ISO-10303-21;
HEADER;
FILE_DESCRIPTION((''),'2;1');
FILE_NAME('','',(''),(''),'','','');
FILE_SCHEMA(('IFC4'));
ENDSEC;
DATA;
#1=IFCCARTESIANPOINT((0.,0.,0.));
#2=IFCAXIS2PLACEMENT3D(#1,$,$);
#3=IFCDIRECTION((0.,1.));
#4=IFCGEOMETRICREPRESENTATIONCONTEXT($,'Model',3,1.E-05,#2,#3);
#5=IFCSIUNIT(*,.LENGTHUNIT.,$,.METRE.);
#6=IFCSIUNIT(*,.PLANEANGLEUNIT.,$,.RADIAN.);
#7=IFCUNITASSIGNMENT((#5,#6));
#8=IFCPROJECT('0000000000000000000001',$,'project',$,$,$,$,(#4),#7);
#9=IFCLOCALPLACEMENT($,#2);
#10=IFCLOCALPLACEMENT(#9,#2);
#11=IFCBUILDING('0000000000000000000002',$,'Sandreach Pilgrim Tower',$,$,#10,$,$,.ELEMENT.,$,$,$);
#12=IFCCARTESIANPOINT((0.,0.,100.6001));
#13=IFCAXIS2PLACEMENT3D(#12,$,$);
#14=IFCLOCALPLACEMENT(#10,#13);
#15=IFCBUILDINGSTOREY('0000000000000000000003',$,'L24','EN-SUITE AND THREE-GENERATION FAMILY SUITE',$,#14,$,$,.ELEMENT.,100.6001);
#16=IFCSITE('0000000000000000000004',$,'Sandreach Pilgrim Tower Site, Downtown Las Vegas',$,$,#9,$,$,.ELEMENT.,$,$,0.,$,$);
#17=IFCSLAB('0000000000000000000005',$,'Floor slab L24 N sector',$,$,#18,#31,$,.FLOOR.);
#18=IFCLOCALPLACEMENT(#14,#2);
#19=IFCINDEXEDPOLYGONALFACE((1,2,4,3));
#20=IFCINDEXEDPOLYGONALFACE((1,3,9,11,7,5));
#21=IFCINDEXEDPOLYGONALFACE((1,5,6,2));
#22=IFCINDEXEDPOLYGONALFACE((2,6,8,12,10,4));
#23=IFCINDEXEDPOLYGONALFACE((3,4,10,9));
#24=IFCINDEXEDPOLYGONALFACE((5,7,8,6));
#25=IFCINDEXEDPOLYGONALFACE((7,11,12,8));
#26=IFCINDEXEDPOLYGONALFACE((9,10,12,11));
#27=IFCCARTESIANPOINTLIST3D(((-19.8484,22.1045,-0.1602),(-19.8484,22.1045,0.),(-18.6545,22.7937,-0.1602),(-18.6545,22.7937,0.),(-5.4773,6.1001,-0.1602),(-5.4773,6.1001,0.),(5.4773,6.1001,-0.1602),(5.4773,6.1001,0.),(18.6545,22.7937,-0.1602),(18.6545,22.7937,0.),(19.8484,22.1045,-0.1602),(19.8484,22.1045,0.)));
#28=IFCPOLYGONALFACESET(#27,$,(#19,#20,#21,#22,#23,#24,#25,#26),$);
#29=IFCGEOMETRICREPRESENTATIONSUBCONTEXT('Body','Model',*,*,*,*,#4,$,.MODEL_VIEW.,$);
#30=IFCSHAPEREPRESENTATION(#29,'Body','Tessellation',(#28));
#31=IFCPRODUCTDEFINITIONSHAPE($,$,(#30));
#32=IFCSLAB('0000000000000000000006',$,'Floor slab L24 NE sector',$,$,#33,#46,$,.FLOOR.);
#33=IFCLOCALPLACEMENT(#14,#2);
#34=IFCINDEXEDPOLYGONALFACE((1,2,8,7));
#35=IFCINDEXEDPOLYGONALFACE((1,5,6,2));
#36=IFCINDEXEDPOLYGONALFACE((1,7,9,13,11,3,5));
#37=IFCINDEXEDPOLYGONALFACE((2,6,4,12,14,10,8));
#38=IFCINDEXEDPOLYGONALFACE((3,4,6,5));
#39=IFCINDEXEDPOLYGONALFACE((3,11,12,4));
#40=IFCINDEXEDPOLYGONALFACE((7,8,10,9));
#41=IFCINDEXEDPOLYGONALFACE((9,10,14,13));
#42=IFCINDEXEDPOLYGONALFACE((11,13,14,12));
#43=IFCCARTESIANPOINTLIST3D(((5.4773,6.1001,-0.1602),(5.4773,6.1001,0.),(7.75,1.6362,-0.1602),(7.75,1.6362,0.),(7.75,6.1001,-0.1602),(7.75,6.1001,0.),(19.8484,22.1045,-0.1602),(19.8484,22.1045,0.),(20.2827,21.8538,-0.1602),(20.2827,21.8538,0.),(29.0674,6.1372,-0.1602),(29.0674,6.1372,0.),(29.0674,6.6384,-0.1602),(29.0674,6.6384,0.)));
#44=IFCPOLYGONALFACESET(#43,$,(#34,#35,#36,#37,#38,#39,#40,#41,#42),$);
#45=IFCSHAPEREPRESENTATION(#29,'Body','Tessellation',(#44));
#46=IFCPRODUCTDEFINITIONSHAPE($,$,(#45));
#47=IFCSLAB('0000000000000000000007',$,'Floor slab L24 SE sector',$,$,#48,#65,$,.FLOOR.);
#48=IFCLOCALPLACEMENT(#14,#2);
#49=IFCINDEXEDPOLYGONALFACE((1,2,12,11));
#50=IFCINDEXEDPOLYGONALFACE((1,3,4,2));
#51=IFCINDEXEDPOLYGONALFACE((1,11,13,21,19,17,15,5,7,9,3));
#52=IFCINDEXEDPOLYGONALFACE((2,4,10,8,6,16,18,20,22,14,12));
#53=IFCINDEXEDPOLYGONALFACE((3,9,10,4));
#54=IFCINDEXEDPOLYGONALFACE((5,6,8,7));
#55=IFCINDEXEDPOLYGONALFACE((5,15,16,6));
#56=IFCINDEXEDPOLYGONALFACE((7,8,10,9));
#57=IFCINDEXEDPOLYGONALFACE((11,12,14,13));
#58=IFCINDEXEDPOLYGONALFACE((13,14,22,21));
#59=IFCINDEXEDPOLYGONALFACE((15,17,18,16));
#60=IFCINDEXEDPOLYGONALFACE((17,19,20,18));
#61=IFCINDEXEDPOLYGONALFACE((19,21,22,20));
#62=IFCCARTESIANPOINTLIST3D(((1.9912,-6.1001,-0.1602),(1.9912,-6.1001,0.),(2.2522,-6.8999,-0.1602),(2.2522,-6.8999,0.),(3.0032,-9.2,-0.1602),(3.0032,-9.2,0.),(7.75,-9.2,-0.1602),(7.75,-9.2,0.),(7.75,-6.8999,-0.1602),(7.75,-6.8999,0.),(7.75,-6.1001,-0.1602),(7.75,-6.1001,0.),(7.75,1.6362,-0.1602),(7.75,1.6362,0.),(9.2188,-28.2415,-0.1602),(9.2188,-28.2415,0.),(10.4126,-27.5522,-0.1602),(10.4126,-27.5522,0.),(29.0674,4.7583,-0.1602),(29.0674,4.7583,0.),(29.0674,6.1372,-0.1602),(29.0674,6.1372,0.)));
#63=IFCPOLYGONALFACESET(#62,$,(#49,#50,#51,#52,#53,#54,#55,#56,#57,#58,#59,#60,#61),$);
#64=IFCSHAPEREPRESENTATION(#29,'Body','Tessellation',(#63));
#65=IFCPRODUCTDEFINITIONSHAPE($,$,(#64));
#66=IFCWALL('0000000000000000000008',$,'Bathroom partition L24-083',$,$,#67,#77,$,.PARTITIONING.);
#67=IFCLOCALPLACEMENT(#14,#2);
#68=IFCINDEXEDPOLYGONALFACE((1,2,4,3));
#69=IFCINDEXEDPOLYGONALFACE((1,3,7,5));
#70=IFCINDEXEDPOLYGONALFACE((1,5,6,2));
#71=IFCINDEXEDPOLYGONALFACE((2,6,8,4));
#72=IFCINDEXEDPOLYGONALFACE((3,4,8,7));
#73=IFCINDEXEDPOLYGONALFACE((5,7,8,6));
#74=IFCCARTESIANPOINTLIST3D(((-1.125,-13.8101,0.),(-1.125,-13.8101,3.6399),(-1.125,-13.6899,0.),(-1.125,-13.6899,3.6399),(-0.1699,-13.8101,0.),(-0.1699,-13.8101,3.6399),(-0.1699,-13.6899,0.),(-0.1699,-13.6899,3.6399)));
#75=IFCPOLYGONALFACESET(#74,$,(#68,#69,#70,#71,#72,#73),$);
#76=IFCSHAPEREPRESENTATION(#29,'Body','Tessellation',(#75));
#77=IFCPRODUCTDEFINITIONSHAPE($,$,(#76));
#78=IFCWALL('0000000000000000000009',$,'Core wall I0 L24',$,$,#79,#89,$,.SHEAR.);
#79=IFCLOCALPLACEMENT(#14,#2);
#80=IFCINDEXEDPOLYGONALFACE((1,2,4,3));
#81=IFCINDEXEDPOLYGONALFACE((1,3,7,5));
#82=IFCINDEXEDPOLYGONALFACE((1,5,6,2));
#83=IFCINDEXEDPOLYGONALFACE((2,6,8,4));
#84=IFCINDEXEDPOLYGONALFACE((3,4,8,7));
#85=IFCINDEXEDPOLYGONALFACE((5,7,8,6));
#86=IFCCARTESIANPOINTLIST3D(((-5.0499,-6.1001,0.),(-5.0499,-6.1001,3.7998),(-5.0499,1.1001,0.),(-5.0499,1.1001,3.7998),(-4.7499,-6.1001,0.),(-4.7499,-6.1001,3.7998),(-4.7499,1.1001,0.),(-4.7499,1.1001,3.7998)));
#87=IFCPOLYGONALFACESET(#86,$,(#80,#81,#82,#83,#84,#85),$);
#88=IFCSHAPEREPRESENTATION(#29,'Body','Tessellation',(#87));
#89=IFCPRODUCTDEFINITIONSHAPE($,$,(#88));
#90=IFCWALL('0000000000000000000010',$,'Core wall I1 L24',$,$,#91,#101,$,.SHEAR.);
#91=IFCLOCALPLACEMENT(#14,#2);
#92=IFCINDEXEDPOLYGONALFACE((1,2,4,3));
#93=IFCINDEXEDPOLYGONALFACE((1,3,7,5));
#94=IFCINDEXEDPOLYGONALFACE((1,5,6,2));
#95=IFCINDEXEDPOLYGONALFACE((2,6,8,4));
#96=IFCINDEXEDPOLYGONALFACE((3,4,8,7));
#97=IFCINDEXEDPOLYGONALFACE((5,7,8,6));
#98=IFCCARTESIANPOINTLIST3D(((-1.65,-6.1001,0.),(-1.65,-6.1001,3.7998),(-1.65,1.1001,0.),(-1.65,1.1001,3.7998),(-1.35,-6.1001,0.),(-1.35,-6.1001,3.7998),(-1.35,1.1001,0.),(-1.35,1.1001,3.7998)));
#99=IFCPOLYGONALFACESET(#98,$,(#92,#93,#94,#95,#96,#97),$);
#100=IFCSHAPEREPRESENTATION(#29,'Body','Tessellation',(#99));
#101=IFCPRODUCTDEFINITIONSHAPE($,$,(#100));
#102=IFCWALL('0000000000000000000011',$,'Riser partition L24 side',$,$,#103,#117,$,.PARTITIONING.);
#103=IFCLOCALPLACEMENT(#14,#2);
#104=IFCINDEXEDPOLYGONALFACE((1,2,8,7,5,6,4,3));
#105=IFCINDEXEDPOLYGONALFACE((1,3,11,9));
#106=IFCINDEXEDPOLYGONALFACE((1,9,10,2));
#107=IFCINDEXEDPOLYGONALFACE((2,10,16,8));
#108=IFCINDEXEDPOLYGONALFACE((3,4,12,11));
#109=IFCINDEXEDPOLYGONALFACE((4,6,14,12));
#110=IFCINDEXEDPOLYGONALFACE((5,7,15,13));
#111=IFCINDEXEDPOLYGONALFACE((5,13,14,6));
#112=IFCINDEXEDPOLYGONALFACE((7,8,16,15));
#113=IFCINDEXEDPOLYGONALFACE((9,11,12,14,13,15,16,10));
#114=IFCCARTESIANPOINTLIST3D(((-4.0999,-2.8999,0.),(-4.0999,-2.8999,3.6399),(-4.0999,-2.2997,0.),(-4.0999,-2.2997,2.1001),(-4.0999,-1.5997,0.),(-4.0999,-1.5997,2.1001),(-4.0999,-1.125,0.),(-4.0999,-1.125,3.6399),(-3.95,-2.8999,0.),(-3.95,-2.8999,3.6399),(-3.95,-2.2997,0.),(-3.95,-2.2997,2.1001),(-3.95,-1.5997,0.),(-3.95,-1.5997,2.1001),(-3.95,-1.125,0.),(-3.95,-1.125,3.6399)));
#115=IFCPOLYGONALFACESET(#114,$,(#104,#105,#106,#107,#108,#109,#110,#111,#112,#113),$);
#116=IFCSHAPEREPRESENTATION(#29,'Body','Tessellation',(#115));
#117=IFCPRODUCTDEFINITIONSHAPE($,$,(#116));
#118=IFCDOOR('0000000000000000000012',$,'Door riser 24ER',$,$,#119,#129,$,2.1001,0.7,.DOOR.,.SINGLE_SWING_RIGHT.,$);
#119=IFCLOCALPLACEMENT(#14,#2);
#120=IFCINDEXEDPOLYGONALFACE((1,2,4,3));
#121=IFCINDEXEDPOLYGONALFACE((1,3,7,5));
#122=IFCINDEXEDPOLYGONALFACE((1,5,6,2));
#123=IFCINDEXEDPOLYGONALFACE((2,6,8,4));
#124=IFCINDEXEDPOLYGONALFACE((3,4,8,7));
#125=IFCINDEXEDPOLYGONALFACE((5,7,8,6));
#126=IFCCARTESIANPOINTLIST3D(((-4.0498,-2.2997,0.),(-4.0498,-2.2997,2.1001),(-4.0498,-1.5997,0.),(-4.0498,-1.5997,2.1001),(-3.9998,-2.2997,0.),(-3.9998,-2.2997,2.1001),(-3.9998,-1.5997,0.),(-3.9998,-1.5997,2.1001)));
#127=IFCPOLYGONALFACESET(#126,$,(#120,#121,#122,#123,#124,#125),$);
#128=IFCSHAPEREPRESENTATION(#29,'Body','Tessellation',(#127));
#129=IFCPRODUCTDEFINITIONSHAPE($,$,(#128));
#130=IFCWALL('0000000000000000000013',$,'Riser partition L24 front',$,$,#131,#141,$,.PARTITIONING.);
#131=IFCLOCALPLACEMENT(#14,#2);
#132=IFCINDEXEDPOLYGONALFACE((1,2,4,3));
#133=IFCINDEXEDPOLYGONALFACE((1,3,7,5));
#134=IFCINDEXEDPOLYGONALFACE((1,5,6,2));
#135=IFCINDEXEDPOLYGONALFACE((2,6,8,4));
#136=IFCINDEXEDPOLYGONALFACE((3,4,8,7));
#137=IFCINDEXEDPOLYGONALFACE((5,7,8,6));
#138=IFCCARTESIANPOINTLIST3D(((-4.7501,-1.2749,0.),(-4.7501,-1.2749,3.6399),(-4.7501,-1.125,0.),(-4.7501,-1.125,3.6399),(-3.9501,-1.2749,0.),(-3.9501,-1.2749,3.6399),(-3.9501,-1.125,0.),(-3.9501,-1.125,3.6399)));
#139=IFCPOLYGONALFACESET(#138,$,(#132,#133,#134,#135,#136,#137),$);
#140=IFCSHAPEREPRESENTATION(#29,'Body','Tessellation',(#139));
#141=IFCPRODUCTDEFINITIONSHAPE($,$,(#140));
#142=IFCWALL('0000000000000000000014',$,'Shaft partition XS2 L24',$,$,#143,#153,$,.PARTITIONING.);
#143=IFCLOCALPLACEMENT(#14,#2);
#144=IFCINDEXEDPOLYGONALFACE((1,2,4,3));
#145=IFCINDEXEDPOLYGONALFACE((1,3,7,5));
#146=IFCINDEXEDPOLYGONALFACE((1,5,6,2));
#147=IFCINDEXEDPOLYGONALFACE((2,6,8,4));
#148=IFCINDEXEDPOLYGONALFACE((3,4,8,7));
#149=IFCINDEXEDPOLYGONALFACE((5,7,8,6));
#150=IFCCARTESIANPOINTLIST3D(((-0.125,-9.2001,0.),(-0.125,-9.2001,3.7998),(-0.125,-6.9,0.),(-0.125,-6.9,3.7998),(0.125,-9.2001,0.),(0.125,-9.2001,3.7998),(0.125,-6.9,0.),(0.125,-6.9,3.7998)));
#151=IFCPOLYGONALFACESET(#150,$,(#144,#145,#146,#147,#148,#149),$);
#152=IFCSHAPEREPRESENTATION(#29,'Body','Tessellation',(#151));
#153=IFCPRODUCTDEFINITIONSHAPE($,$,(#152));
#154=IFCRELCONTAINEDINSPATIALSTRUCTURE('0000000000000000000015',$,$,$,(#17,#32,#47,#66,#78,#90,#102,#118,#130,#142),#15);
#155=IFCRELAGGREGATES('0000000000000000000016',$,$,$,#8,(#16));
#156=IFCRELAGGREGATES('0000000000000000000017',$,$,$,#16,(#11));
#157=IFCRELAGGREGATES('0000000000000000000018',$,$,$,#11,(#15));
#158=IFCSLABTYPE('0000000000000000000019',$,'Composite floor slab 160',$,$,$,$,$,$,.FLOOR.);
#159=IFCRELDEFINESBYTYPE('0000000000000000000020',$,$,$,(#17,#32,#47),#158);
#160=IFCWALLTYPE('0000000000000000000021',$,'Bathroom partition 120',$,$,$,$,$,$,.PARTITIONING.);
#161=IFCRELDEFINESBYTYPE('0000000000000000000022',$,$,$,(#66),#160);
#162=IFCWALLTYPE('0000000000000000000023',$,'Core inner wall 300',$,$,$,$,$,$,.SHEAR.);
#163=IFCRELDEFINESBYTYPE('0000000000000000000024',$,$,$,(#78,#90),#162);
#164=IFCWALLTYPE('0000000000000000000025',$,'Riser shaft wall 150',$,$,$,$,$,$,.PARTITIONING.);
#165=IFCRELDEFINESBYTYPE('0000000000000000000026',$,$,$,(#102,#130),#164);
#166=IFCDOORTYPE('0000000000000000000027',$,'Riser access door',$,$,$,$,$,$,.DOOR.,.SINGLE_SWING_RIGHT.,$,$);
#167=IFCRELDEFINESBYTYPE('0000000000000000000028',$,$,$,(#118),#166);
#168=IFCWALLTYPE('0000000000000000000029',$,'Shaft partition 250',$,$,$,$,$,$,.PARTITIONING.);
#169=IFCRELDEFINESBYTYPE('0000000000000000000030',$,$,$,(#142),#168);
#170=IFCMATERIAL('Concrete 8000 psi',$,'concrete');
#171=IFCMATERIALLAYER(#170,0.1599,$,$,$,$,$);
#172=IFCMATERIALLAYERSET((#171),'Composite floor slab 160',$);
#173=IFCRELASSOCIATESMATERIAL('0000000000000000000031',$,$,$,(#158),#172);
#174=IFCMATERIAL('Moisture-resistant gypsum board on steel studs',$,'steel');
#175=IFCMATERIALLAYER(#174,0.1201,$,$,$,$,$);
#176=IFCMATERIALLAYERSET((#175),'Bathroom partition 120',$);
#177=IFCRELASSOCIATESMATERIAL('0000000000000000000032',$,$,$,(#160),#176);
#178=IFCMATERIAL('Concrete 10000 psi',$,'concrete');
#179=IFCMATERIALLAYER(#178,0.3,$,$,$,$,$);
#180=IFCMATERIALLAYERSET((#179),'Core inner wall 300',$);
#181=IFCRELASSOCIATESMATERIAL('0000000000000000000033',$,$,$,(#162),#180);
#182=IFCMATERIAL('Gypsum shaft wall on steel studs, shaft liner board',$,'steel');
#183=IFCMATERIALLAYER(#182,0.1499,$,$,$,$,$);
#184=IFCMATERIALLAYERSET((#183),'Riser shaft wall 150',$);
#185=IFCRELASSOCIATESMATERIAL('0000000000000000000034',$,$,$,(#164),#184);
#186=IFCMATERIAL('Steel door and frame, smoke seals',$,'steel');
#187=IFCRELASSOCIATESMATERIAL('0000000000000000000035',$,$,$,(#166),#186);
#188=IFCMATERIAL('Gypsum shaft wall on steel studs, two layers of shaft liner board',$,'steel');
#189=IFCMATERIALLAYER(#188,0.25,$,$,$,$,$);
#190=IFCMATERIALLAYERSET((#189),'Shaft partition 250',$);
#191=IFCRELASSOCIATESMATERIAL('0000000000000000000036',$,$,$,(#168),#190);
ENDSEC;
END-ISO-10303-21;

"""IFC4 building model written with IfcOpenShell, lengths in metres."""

from ifc_helpers import new_model, si_unit, direction, frame, frame_2d, origin, place, context, subcontext, project, spatial, polyline, rectangle, outline, extrude, material, layer, layer_set, type_object, element, fill, save


model = new_model("IFC4")

# Units and contexts
model_context = context("Model", 3, precision=1e-05, world=origin(), true_north=direction((0.0, 1.0)))
body_context = subcontext(model_context, "Body", "Model", "MODEL_VIEW")
ifc_project = project(units=[si_unit("LENGTHUNIT", "METRE"), si_unit("PLANEANGLEUNIT", "RADIAN")], contexts=[model_context])

# Site, building, storey
site_placement = place(None, origin())
site = spatial("IfcSite", under=ifc_project, at=site_placement, Name="Sandreach Pilgrim Tower Site, Downtown Las Vegas", CompositionType="ELEMENT", RefElevation=0.0)
building_placement = place(site_placement, origin())
building = spatial("IfcBuilding", under=site, at=building_placement, Name="Sandreach Pilgrim Tower", CompositionType="ELEMENT")
storey_placement = place(building_placement, frame((0.0, 0.0, 100.6001)))
storey = spatial("IfcBuildingStorey", under=building, at=storey_placement, Name="L24", Description="EN-SUITE AND THREE-GENERATION FAMILY SUITE", CompositionType="ELEMENT", Elevation=100.6001)

# Slabs
ifc_material_1 = material(Name="Concrete 8000 psi", Category="concrete")
ifc_layer_1 = layer(ifc_material_1, 0.1599)
ifc_layer_set_1 = layer_set([ifc_layer_1], Name="Composite floor slab 160")
slab_type = type_object("IfcSlabType", Name="Composite floor slab 160", PredefinedType="FLOOR", material=ifc_layer_set_1)
slab_1_placement = place(storey_placement, frame((0.0, 0.0, -0.1602)))
element("IfcSlab", 1, at=slab_1_placement, inside=storey, type_object=slab_type, Name="Floor slab L24 N sector", PredefinedType="FLOOR", context=body_context, shape_type="SweptSolid", body=[
    extrude(outline(polyline([(-18.6545, 22.7937), (18.6545, 22.7937), (19.8484, 22.1045), (5.4773, 6.1001), (-5.4773, 6.1001), (-19.8484, 22.1045), (-18.6545, 22.7937)])), origin(), (0.0, 0.0, 1.0), 0.1602),
])
slab_2_placement = place(storey_placement, frame((0.0, 0.0, -0.1602)))
element("IfcSlab", 2, at=slab_2_placement, inside=storey, type_object=slab_type, Name="Floor slab L24 NE sector", PredefinedType="FLOOR", context=body_context, shape_type="SweptSolid", body=[
    extrude(outline(polyline([(20.2827, 21.8538), (29.0674, 6.6384), (29.0674, 6.1372), (7.75, 1.6362), (7.75, 6.1001), (5.4773, 6.1001), (19.8484, 22.1045), (20.2827, 21.8538)])), origin(), (0.0, 0.0, 1.0), 0.1602),
])
slab_3_placement = place(storey_placement, frame((0.0, 0.0, -0.1602)))
element("IfcSlab", 3, at=slab_3_placement, inside=storey, type_object=slab_type, Name="Floor slab L24 SE sector", PredefinedType="FLOOR", context=body_context, shape_type="SweptSolid", body=[
    extrude(outline(polyline([(29.0674, 4.7583), (10.4126, -27.5522), (9.2188, -28.2415), (3.0032, -9.2), (7.75, -9.2), (7.75, -6.8999), (2.2522, -6.8999), (1.9912, -6.1001), (7.75, -6.1001), (7.75, 1.6362), (29.0674, 6.1372), (29.0674, 4.7583)])), origin(), (0.0, 0.0, 1.0), 0.1602),
])

# Walls
ifc_material_2 = material(Name="Moisture-resistant gypsum board on steel studs", Category="steel")
ifc_layer_2 = layer(ifc_material_2, 0.1201)
ifc_layer_set_2 = layer_set([ifc_layer_2], Name="Bathroom partition 120")
wall_type_1 = type_object("IfcWallType", Name="Bathroom partition 120", PredefinedType="PARTITIONING", material=ifc_layer_set_2)
wall_1_placement = place(storey_placement, frame((-1.125, -13.75, 0.0), z_axis=(0.0, 0.0, 1.0), x_axis=(1.0, 0.0, 0.0)))
element("IfcWall", 4, at=wall_1_placement, inside=storey, type_object=wall_type_1, Name="Bathroom partition L24-083", PredefinedType="PARTITIONING", context=body_context, shape_type="SweptSolid", body=[
    extrude(rectangle(XDim=0.9551, YDim=0.1201, at=frame_2d((0.4775, 0.0))), origin(), (0.0, 0.0, 1.0), 3.6399),
])
ifc_material_3 = material(Name="Concrete 10000 psi", Category="concrete")
ifc_layer_3 = layer(ifc_material_3, 0.3)
ifc_layer_set_3 = layer_set([ifc_layer_3], Name="Core inner wall 300")
wall_type_2 = type_object("IfcWallType", Name="Core inner wall 300", PredefinedType="SHEAR", material=ifc_layer_set_3)
for number, where, z_axis, x_axis, name in (
    (5, (-4.8999, -6.1001, 0.0), (0.0, 0.0, 1.0), (0.0, 1.0, 0.0), "Core wall I0 L24"),
    (6, (-1.5, -6.1001, 0.0), (0.0, 0.0, 1.0), (0.0, 1.0, 0.0), "Core wall I1 L24"),
):
    element("IfcWall", number, at=place(storey_placement, frame(where, z_axis=z_axis, x_axis=x_axis)), inside=storey, type_object=wall_type_2, Name=name, PredefinedType="SHEAR", context=body_context, shape_type="SweptSolid", body=[
        extrude(rectangle(XDim=7.2002, YDim=0.3, at=frame_2d((3.6001, 0.0))), origin(), (0.0, 0.0, 1.0), 3.7998),
    ])

# Wall, opening, door
ifc_material_4 = material(Name="Gypsum shaft wall on steel studs, shaft liner board", Category="steel")
ifc_layer_4 = layer(ifc_material_4, 0.1499)
ifc_layer_set_4 = layer_set([ifc_layer_4], Name="Riser shaft wall 150")
wall_type_3 = type_object("IfcWallType", Name="Riser shaft wall 150", PredefinedType="PARTITIONING", material=ifc_layer_set_4)
wall_2_placement = place(storey_placement, frame((-4.0249, -2.8999, 0.0), z_axis=(0.0, 0.0, 1.0), x_axis=(0.0, 1.0, 0.0)))
wall_2 = element("IfcWall", 7, at=wall_2_placement, inside=storey, type_object=wall_type_3, Name="Riser partition L24 side", PredefinedType="PARTITIONING", context=body_context, shape_type="SweptSolid", body=[
    extrude(rectangle(XDim=1.7749, YDim=0.1499, at=frame_2d((0.8875, 0.0))), origin(), (0.0, 0.0, 1.0), 3.6399),
])
opening_1_placement = place(wall_2_placement, frame((0.6001, 0.0, 0.0)))
opening_1 = element("IfcOpeningElement", 8, at=opening_1_placement, cuts=wall_2, PredefinedType="OPENING", context=body_context, shape_type="SweptSolid", body=[
    extrude(rectangle(XDim=0.7, YDim=2.1001, at=frame_2d((0.3501, 1.05))), frame((0.0, 0.075, 0.0), z_axis=(0.0, -1.0, 0.0), x_axis=(1.0, 0.0, 0.0)), (0.0, 0.0, 1.0), 0.1499),
])
ifc_material_5 = material(Name="Steel door and frame, smoke seals", Category="steel")
door_type_1 = type_object("IfcDoorType", Name="Riser access door", OperationType="SINGLE_SWING_RIGHT", PredefinedType="DOOR", material=ifc_material_5)
door_1_placement = place(opening_1_placement, origin())
door_1 = element("IfcDoor", 9, at=door_1_placement, inside=storey, type_object=door_type_1, Name="Door riser 24ER", OperationType="SINGLE_SWING_RIGHT", OverallHeight=2.1001, OverallWidth=0.7, PredefinedType="DOOR", context=body_context, shape_type="SweptSolid", body=[
    extrude(rectangle(XDim=0.7, YDim=2.1001, at=frame_2d((0.3501, 1.05))), frame((0.0, 0.0249, 0.0), z_axis=(0.0, -1.0, 0.0), x_axis=(1.0, 0.0, 0.0)), (0.0, 0.0, 1.0), 0.05),
])
fill(opening_1, door_1)

# Walls
wall_3_placement = place(storey_placement, frame((-4.75, -1.2, 0.0), z_axis=(0.0, 0.0, 1.0), x_axis=(1.0, 0.0, 0.0)))
element("IfcWall", 10, at=wall_3_placement, inside=storey, type_object=wall_type_3, Name="Riser partition L24 front", PredefinedType="PARTITIONING", context=body_context, shape_type="SweptSolid", body=[
    extrude(rectangle(XDim=0.8, YDim=0.1499, at=frame_2d((0.3999, 0.0))), origin(), (0.0, 0.0, 1.0), 3.6399),
])
ifc_material_6 = material(Name="Gypsum shaft wall on steel studs, two layers of shaft liner board", Category="steel")
ifc_layer_5 = layer(ifc_material_6, 0.25)
ifc_layer_set_5 = layer_set([ifc_layer_5], Name="Shaft partition 250")
wall_type_4 = type_object("IfcWallType", Name="Shaft partition 250", PredefinedType="PARTITIONING", material=ifc_layer_set_5)
wall_4_placement = place(storey_placement, frame((0.0, -9.2, 0.0), z_axis=(0.0, 0.0, 1.0), x_axis=(0.0, 1.0, 0.0)))
element("IfcWall", 11, at=wall_4_placement, inside=storey, type_object=wall_type_4, Name="Shaft partition XS2 L24", PredefinedType="PARTITIONING", context=body_context, shape_type="SweptSolid", body=[
    extrude(rectangle(XDim=2.3, YDim=0.25, at=frame_2d((1.1499, 0.0))), origin(), (0.0, 0.0, 1.0), 3.7998),
])

save(model, "model.ifc")
